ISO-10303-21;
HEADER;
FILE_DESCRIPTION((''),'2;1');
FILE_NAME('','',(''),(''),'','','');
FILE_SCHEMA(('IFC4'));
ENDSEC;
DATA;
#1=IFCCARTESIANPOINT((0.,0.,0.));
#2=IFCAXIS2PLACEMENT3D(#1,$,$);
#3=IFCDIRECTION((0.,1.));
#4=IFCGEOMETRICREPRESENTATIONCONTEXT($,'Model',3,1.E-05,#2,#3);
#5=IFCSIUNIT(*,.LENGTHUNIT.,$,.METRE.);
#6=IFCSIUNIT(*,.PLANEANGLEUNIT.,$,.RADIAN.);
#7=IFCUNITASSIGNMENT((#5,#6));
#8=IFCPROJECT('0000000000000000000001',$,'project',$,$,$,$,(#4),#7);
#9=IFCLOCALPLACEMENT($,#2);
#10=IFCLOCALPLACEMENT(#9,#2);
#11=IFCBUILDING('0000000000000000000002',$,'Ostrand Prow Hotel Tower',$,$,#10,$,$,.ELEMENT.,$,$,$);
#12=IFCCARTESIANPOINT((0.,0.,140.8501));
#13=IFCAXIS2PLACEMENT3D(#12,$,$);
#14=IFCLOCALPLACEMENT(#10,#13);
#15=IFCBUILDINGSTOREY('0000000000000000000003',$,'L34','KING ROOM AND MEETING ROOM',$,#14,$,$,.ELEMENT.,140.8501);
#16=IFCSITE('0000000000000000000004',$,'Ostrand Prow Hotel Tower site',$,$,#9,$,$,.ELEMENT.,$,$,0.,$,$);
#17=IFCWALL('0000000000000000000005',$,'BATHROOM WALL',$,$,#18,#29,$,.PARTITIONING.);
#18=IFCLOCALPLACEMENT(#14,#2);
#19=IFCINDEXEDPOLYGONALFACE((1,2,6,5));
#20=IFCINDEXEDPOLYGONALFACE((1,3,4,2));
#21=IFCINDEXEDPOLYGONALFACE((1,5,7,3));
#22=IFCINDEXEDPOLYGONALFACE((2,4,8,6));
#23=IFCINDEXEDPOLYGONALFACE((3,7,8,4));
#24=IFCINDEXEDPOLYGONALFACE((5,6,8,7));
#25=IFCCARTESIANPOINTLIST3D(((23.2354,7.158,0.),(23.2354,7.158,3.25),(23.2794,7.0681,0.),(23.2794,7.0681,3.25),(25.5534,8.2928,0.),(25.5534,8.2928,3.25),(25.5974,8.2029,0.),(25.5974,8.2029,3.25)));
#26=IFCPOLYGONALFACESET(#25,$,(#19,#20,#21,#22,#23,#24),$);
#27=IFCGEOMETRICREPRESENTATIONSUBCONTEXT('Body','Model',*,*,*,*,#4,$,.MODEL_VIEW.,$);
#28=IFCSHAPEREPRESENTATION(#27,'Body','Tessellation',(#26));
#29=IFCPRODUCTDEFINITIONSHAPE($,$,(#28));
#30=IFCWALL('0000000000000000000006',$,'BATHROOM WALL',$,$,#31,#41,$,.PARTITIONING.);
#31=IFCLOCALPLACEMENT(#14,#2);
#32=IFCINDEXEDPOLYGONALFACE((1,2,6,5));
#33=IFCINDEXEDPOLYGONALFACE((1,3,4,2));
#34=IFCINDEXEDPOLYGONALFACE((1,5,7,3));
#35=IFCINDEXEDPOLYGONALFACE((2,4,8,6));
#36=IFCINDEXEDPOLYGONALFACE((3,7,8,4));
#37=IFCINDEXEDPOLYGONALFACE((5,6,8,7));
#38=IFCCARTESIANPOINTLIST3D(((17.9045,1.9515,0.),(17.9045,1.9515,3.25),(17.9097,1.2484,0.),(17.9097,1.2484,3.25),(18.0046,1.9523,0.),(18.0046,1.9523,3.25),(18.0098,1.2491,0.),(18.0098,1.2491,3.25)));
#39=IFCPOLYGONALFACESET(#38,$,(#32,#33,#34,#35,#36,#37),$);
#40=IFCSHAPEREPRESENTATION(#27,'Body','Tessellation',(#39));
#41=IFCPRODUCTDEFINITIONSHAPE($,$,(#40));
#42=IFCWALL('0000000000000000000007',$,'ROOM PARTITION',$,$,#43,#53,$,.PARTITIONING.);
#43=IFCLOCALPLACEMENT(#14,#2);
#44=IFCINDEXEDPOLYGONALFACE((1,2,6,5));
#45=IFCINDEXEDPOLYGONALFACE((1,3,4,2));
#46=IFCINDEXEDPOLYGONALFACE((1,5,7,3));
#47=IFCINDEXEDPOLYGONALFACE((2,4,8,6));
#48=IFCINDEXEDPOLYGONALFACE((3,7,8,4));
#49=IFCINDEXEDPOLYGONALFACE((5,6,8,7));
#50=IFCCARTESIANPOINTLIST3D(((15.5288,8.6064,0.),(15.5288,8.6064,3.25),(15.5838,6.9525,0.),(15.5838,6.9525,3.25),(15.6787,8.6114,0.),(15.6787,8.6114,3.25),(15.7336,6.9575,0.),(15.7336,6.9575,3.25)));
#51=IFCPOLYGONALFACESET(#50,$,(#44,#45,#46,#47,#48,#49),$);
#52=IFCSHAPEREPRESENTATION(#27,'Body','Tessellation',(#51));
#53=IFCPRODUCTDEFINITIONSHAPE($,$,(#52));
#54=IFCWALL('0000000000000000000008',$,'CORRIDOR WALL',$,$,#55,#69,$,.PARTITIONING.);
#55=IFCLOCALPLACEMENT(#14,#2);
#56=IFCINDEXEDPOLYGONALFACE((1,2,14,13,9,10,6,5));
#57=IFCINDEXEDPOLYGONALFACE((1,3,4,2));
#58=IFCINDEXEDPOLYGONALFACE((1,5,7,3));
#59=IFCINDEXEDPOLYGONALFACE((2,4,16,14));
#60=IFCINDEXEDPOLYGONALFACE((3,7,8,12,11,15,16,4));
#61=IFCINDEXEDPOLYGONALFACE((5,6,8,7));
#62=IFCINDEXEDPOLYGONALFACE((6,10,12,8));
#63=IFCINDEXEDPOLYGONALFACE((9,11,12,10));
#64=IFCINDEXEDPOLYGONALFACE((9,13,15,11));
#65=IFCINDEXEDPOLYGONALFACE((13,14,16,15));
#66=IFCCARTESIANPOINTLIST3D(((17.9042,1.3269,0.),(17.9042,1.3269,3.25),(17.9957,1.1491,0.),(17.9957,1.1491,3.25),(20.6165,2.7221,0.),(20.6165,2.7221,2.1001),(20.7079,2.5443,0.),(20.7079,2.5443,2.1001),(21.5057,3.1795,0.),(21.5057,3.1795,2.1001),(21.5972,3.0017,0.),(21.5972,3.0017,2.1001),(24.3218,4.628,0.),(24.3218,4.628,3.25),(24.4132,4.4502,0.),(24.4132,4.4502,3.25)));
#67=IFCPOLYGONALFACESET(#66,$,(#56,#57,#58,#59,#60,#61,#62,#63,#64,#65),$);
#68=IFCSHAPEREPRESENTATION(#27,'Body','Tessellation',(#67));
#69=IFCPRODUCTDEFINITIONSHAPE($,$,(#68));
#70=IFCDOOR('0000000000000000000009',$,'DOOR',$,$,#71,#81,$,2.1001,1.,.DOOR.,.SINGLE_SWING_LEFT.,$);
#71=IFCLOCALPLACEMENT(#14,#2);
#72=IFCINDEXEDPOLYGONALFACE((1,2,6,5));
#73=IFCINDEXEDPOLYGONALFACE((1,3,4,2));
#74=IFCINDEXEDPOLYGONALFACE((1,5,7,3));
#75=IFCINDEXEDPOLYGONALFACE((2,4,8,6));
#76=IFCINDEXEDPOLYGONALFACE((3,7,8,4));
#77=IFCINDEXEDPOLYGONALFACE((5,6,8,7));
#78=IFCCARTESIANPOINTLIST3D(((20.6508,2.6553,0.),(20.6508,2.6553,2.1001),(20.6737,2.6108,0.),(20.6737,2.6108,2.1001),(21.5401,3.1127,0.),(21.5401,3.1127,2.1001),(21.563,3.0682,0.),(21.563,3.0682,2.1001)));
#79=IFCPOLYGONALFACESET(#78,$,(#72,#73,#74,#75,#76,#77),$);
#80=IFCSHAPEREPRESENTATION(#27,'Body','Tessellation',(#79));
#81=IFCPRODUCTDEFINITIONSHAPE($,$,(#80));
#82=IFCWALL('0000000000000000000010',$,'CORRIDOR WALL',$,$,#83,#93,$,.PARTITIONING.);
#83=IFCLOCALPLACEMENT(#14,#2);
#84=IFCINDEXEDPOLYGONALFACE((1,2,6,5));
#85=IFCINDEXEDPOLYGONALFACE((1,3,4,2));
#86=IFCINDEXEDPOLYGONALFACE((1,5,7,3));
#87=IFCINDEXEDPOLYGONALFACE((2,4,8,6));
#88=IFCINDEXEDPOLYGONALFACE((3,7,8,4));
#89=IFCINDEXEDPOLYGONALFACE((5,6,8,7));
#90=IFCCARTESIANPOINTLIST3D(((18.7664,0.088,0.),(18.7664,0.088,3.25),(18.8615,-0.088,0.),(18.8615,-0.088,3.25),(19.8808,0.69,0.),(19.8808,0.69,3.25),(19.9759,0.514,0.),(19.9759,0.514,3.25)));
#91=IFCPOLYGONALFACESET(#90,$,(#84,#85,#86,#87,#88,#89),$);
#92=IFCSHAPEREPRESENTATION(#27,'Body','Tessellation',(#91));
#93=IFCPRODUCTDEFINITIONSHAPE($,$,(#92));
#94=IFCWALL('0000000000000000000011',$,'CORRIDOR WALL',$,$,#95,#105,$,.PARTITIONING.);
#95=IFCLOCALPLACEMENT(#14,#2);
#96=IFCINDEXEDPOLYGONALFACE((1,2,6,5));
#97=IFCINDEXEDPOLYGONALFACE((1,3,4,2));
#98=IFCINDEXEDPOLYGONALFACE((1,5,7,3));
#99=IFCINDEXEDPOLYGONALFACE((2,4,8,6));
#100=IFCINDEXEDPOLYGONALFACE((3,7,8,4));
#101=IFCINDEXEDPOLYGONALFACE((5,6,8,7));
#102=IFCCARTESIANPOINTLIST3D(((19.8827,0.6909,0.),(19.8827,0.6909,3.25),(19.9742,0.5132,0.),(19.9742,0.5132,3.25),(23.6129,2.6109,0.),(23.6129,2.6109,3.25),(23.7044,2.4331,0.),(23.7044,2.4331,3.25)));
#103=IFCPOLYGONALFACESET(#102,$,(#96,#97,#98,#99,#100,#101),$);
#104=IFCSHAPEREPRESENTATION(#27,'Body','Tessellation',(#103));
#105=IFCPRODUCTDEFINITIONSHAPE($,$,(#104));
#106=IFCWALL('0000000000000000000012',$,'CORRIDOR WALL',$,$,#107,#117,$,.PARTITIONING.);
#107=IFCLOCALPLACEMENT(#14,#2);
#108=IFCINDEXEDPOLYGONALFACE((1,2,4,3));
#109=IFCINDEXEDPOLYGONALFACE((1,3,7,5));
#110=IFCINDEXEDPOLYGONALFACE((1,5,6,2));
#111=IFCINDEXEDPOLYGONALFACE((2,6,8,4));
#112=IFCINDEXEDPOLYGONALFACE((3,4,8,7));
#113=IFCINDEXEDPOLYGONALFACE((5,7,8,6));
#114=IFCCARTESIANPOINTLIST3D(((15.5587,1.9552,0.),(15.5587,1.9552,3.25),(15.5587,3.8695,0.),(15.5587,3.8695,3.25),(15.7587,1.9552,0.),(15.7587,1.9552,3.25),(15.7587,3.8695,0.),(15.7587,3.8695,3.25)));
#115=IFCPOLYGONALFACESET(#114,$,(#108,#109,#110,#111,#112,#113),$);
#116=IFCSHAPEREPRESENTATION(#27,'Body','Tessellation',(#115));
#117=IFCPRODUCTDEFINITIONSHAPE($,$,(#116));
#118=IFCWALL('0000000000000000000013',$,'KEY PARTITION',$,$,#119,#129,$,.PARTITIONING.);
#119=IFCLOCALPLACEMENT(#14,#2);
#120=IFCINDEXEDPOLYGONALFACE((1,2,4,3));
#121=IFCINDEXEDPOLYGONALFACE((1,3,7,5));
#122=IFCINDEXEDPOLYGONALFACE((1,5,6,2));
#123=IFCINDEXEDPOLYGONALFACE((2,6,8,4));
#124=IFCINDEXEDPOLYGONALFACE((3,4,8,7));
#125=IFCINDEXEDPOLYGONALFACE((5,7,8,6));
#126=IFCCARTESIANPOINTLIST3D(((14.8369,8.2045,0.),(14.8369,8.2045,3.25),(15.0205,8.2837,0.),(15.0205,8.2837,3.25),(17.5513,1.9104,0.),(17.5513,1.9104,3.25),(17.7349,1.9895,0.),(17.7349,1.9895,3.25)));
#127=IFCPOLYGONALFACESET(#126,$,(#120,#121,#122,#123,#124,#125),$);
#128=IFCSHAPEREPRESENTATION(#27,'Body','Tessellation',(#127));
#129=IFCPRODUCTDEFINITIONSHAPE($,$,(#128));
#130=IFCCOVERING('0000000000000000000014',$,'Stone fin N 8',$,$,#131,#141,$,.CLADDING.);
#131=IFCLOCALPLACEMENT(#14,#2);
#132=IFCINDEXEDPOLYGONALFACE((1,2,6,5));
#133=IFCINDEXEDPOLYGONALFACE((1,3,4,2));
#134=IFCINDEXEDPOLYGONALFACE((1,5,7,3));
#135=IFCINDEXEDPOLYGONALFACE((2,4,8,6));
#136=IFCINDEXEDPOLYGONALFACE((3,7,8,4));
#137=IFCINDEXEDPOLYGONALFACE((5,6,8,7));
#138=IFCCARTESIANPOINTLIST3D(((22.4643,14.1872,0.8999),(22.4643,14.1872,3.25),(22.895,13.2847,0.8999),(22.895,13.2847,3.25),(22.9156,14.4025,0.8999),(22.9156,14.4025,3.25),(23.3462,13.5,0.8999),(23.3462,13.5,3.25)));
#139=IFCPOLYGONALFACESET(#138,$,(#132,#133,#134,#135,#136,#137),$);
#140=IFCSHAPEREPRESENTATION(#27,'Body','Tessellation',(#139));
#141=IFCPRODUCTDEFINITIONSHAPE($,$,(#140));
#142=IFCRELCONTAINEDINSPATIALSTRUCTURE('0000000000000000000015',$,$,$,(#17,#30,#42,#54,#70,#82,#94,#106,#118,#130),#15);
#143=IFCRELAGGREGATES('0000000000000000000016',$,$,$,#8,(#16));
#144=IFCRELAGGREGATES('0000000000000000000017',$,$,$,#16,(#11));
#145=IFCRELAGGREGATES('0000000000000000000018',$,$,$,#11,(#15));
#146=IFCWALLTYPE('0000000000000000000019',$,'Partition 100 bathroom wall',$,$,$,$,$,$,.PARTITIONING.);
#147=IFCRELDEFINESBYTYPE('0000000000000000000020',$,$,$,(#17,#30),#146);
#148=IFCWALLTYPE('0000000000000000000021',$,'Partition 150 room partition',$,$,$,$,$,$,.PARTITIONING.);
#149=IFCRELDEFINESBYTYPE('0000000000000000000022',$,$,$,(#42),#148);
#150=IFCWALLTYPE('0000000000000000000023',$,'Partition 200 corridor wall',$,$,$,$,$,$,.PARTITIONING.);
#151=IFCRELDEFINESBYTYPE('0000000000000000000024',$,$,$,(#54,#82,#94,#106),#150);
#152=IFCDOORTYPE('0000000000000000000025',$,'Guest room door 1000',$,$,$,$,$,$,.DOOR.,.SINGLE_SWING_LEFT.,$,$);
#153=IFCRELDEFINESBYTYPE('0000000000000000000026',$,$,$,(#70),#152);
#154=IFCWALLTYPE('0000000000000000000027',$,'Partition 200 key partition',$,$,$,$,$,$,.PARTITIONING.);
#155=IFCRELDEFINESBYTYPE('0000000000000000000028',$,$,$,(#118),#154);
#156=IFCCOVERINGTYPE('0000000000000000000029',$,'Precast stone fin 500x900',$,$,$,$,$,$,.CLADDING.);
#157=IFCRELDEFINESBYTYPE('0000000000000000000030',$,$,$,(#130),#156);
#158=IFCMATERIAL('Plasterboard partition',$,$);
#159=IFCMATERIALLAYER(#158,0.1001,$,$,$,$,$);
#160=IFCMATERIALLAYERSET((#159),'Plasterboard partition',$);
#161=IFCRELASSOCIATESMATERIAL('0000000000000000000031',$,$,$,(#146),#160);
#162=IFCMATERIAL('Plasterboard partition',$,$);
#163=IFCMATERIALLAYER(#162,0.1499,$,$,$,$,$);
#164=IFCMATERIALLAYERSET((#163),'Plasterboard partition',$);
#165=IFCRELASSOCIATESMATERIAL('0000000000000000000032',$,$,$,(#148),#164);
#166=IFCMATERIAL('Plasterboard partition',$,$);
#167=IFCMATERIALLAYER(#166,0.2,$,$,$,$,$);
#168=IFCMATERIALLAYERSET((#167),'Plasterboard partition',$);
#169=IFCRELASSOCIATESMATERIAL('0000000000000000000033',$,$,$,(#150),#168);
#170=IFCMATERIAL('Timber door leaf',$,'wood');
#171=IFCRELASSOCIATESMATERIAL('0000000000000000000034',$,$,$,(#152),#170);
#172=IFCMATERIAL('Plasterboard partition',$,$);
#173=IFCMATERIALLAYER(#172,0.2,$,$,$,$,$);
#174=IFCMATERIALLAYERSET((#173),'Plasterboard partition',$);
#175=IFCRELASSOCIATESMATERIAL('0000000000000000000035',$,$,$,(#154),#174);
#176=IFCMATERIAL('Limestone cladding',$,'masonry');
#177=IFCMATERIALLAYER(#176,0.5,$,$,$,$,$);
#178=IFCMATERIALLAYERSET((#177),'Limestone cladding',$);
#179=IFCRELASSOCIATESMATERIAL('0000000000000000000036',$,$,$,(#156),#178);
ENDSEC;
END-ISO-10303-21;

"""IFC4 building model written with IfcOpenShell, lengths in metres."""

from ifc_helpers import new_model, si_unit, direction, frame, frame_2d, origin, place, context, subcontext, project, spatial, rectangle, extrude, material, layer, layer_set, type_object, element, fill, save


model = new_model("IFC4")

# Units and contexts
model_context = context("Model", 3, precision=1e-05, world=origin(), true_north=direction((0.0, 1.0)))
body_context = subcontext(model_context, "Body", "Model", "MODEL_VIEW")
ifc_project = project(units=[si_unit("LENGTHUNIT", "METRE"), si_unit("PLANEANGLEUNIT", "RADIAN")], contexts=[model_context])

# Site, building, storey
site_placement = place(None, origin())
site = spatial("IfcSite", under=ifc_project, at=site_placement, Name="Ostrand Prow Hotel Tower site", CompositionType="ELEMENT", RefElevation=0.0)
building_placement = place(site_placement, origin())
building = spatial("IfcBuilding", under=site, at=building_placement, Name="Ostrand Prow Hotel Tower", CompositionType="ELEMENT")
storey_placement = place(building_placement, frame((0.0, 0.0, 140.8501)))
storey = spatial("IfcBuildingStorey", under=building, at=storey_placement, Name="L34", Description="KING ROOM AND MEETING ROOM", CompositionType="ELEMENT", Elevation=140.8501)

# Shared definitions
ifc_material_1 = material(Name="Plasterboard partition")
ifc_layer_1 = layer(ifc_material_1, 0.1001)
ifc_layer_set_1 = layer_set([ifc_layer_1], Name="Plasterboard partition")
wall_type_1 = type_object("IfcWallType", Name="Partition 100 bathroom wall", PredefinedType="PARTITIONING", material=ifc_layer_set_1)

# Walls
wall_1_placement = place(storey_placement, frame((23.2573, 7.113, 0.0), z_axis=(0.0, 0.0, 1.0), x_axis=(0.898142, 0.439706, 0.0)))
element("IfcWall", 1, at=wall_1_placement, inside=storey, type_object=wall_type_1, Name="BATHROOM WALL", PredefinedType="PARTITIONING", context=body_context, shape_type="SweptSolid", body=[
    extrude(rectangle(XDim=2.5808, YDim=0.1001, at=frame_2d((1.2905, 0.0))), origin(), (0.0, 0.0, 1.0), 3.25),
])
wall_2_placement = place(storey_placement, frame((17.9597, 1.2488, 0.0), z_axis=(0.0, 0.0, 1.0), x_axis=(-0.007291, 0.999973, 0.0)))
element("IfcWall", 2, at=wall_2_placement, inside=storey, type_object=wall_type_1, Name="BATHROOM WALL", PredefinedType="PARTITIONING", context=body_context, shape_type="SweptSolid", body=[
    extrude(rectangle(XDim=0.7031, YDim=0.1001, at=frame_2d((0.3516, 0.0))), origin(), (0.0, 0.0, 1.0), 3.25),
])
ifc_material_2 = material(Name="Plasterboard partition")
ifc_layer_2 = layer(ifc_material_2, 0.1499)
ifc_layer_set_2 = layer_set([ifc_layer_2], Name="Plasterboard partition")
wall_type_2 = type_object("IfcWallType", Name="Partition 150 room partition", PredefinedType="PARTITIONING", material=ifc_layer_set_2)
wall_3_placement = place(storey_placement, frame((15.6038, 8.6089, 0.0), z_axis=(0.0, 0.0, 1.0), x_axis=(0.033197, -0.999449, 0.0)))
element("IfcWall", 3, at=wall_3_placement, inside=storey, type_object=wall_type_2, Name="ROOM PARTITION", PredefinedType="PARTITIONING", context=body_context, shape_type="SweptSolid", body=[
    extrude(rectangle(XDim=1.6548, YDim=0.1499, at=frame_2d((0.8274, 0.0))), origin(), (0.0, 0.0, 1.0), 3.25),
])

# Wall, opening, door
ifc_material_3 = material(Name="Plasterboard partition")
ifc_layer_3 = layer(ifc_material_3, 0.2)
ifc_layer_set_3 = layer_set([ifc_layer_3], Name="Plasterboard partition")
wall_type_3 = type_object("IfcWallType", Name="Partition 200 corridor wall", PredefinedType="PARTITIONING", material=ifc_layer_set_3)
wall_4_placement = place(storey_placement, frame((17.95, 1.238, 0.0), z_axis=(0.0, 0.0, 1.0), x_axis=(0.889254, 0.457415, 0.0)))
wall_4 = element("IfcWall", 4, at=wall_4_placement, inside=storey, type_object=wall_type_3, Name="CORRIDOR WALL", PredefinedType="PARTITIONING", context=body_context, shape_type="SweptSolid", body=[
    extrude(rectangle(XDim=7.2168, YDim=0.2, at=frame_2d((3.6084, 0.0))), origin(), (0.0, 0.0, 1.0), 3.25),
])
opening_1_placement = place(wall_4_placement, frame((3.05, 0.0, 0.0)))
opening_1 = element("IfcOpeningElement", 5, at=opening_1_placement, cuts=wall_4, PredefinedType="OPENING", context=body_context, shape_type="SweptSolid", body=[
    extrude(rectangle(XDim=1.0, YDim=2.1001, at=frame_2d((0.5, 1.05))), frame((0.0, 0.1099, 0.0), z_axis=(0.0, -1.0, 0.0), x_axis=(1.0, 0.0, 0.0)), (0.0, 0.0, 1.0), 0.22),
])
ifc_material_4 = material(Name="Timber door leaf", Category="wood")
door_type_1 = type_object("IfcDoorType", Name="Guest room door 1000", OperationType="SINGLE_SWING_LEFT", PredefinedType="DOOR", material=ifc_material_4)
door_1_placement = place(opening_1_placement, origin())
door_1 = element("IfcDoor", 6, at=door_1_placement, inside=storey, type_object=door_type_1, Name="DOOR", OperationType="SINGLE_SWING_LEFT", OverallHeight=2.1001, OverallWidth=1.0, PredefinedType="DOOR", context=body_context, shape_type="SweptSolid", body=[
    extrude(rectangle(XDim=1.0, YDim=2.1001, at=frame_2d((0.5, 1.05))), frame((0.0, 0.0249, 0.0), z_axis=(0.0, -1.0, 0.0), x_axis=(1.0, 0.0, 0.0)), (0.0, 0.0, 1.0), 0.05),
])
fill(opening_1, door_1)

# Walls
wall_5_placement = place(storey_placement, frame((18.814, 0.0, 0.0), z_axis=(0.0, 0.0, 1.0), x_axis=(0.879833, 0.475283, 0.0)))
element("IfcWall", 7, at=wall_5_placement, inside=storey, type_object=wall_type_3, Name="CORRIDOR WALL", PredefinedType="PARTITIONING", context=body_context, shape_type="SweptSolid", body=[
    extrude(rectangle(XDim=1.2666, YDim=0.2, at=frame_2d((0.6333, 0.0))), origin(), (0.0, 0.0, 1.0), 3.25),
])
wall_6_placement = place(storey_placement, frame((19.9285, 0.6021, 0.0), z_axis=(0.0, 0.0, 1.0), x_axis=(0.88914, 0.457635, 0.0)))
element("IfcWall", 8, at=wall_6_placement, inside=storey, type_object=wall_type_3, Name="CORRIDOR WALL", PredefinedType="PARTITIONING", context=body_context, shape_type="SweptSolid", body=[
    extrude(rectangle(XDim=4.1953, YDim=0.2, at=frame_2d((2.0977, 0.0))), origin(), (0.0, 0.0, 1.0), 3.25),
])
wall_7_placement = place(storey_placement, frame((15.6587, 3.8694, 0.0), z_axis=(0.0, 0.0, 1.0), x_axis=(0.0, -1.0, 0.0)))
element("IfcWall", 9, at=wall_7_placement, inside=storey, type_object=wall_type_3, Name="CORRIDOR WALL", PredefinedType="PARTITIONING", context=body_context, shape_type="SweptSolid", body=[
    extrude(rectangle(XDim=1.9143, YDim=0.2, at=frame_2d((0.957, 0.0))), origin(), (0.0, 0.0, 1.0), 3.25),
])
ifc_material_5 = material(Name="Plasterboard partition")
ifc_layer_4 = layer(ifc_material_5, 0.2)
ifc_layer_set_4 = layer_set([ifc_layer_4], Name="Plasterboard partition")
wall_type_4 = type_object("IfcWallType", Name="Partition 200 key partition", PredefinedType="PARTITIONING", material=ifc_layer_set_4)
wall_8_placement = place(storey_placement, frame((17.6431, 1.95, 0.0), z_axis=(0.0, 0.0, 1.0), x_axis=(-0.395995, 0.918253, 0.0)))
element("IfcWall", 10, at=wall_8_placement, inside=storey, type_object=wall_type_4, Name="KEY PARTITION", PredefinedType="PARTITIONING", context=body_context, shape_type="SweptSolid", body=[
    extrude(rectangle(XDim=6.8545, YDim=0.2, at=frame_2d((3.4272, 0.0))), origin(), (0.0, 0.0, 1.0), 3.25),
])

# Covering
ifc_material_6 = material(Name="Limestone cladding", Category="masonry")
ifc_layer_5 = layer(ifc_material_6, 0.5)
ifc_layer_set_5 = layer_set([ifc_layer_5], Name="Limestone cladding")
covering_type = type_object("IfcCoveringType", Name="Precast stone fin 500x900", PredefinedType="CLADDING", material=ifc_layer_set_5)
covering_placement = place(storey_placement, frame((23.1206, 13.3923, 0.8999), z_axis=(0.0, 0.0, 1.0), x_axis=(-0.430635, 0.902526, 0.0)))
element("IfcCovering", 11, at=covering_placement, inside=storey, type_object=covering_type, Name="Stone fin N 8", PredefinedType="CLADDING", context=body_context, shape_type="SweptSolid", body=[
    extrude(rectangle(XDim=1.0, YDim=0.5, at=frame_2d((0.5, 0.0))), origin(), (0.0, 0.0, 1.0), 2.3501),
])

save(model, "model.ifc")
